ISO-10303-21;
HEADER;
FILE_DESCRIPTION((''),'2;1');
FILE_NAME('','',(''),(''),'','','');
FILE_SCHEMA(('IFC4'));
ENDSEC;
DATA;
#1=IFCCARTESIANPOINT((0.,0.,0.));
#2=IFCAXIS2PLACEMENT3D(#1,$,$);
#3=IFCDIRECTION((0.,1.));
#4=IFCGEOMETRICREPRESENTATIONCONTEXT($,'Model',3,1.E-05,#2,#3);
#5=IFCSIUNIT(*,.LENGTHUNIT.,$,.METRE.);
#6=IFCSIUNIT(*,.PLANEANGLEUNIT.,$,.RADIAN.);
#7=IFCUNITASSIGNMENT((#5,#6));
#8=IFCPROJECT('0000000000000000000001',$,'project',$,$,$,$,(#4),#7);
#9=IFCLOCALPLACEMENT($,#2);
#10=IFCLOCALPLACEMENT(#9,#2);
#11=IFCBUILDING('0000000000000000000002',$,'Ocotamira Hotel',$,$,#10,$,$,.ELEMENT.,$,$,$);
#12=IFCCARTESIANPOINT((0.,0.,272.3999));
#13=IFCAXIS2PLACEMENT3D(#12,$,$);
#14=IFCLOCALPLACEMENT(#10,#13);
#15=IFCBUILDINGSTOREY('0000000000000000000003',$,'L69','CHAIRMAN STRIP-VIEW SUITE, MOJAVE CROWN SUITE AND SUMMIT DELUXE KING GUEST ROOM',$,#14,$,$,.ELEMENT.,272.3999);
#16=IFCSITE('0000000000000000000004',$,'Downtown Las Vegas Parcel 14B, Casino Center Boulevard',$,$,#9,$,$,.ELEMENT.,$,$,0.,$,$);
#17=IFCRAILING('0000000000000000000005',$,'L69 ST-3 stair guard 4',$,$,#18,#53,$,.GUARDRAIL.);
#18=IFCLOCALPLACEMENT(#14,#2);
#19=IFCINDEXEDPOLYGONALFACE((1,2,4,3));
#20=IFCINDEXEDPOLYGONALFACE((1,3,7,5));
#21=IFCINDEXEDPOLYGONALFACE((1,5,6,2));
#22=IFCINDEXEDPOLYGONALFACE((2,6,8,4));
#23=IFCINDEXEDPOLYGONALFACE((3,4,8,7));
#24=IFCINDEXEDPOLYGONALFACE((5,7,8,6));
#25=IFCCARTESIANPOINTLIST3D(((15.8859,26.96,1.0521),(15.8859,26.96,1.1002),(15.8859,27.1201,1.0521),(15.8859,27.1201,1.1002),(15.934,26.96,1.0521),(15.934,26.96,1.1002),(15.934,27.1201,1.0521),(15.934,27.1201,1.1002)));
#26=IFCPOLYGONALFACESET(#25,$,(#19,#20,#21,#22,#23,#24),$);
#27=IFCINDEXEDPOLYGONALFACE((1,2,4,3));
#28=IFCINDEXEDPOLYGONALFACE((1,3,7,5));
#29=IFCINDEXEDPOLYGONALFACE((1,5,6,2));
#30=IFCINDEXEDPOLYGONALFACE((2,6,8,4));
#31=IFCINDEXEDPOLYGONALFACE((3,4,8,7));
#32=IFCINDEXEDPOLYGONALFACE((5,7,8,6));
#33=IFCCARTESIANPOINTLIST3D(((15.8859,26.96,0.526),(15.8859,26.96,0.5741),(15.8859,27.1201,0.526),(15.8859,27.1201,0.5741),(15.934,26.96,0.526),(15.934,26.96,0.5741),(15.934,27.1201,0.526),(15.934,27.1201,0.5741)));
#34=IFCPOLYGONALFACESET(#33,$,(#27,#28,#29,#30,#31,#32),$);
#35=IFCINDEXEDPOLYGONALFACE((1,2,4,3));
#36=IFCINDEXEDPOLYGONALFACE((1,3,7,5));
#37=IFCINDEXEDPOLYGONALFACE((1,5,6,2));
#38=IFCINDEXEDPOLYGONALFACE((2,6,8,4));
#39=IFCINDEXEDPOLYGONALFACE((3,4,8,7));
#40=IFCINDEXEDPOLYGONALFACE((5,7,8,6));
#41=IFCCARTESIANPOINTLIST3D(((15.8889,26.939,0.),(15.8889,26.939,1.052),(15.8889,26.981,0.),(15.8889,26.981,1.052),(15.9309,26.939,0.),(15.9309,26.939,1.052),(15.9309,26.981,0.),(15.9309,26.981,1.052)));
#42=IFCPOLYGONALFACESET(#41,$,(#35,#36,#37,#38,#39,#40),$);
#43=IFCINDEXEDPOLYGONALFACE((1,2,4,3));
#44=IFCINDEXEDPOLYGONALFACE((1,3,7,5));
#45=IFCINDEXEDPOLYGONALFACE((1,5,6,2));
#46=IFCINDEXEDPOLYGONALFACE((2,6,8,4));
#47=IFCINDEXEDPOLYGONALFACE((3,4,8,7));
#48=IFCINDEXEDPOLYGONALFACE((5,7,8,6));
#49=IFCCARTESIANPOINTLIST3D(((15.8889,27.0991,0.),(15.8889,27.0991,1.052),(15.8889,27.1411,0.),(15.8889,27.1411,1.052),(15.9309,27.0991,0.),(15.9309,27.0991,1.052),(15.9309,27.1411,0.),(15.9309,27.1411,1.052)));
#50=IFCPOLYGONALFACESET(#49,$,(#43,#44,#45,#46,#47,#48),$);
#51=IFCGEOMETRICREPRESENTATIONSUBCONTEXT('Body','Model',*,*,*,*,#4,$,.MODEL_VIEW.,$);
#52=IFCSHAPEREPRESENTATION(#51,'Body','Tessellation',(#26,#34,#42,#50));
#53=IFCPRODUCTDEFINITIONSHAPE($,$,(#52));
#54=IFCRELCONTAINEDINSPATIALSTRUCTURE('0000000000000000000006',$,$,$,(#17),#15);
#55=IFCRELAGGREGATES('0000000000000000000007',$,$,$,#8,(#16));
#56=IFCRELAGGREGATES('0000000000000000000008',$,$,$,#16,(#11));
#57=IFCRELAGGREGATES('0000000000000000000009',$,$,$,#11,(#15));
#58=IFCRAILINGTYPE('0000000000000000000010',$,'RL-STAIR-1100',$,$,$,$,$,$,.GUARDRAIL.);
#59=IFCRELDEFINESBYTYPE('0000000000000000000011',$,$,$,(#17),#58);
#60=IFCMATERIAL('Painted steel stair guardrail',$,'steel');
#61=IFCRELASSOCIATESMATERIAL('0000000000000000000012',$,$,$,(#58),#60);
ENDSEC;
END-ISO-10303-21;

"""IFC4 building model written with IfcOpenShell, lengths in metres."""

from ifc_helpers import new_model, si_unit, direction, frame, origin, origin_2d, place, context, subcontext, project, spatial, rectangle, extrude, material, type_object, element, save


model = new_model("IFC4")

# Units and contexts
model_context = context("Model", 3, precision=1e-05, world=origin(), true_north=direction((0.0, 1.0)))
body_context = subcontext(model_context, "Body", "Model", "MODEL_VIEW")
ifc_project = project(units=[si_unit("LENGTHUNIT", "METRE"), si_unit("PLANEANGLEUNIT", "RADIAN")], contexts=[model_context])

# Site, building, storey
site_placement = place(None, origin())
site = spatial("IfcSite", under=ifc_project, at=site_placement, Name="Downtown Las Vegas Parcel 14B, Casino Center Boulevard", CompositionType="ELEMENT", RefElevation=0.0)
building_placement = place(site_placement, origin())
building = spatial("IfcBuilding", under=site, at=building_placement, Name="Ocotamira Hotel", CompositionType="ELEMENT")
storey_placement = place(building_placement, frame((0.0, 0.0, 272.3999)))
storey = spatial("IfcBuildingStorey", under=building, at=storey_placement, Name="L69", Description="CHAIRMAN STRIP-VIEW SUITE, MOJAVE CROWN SUITE AND SUMMIT DELUXE KING GUEST ROOM", CompositionType="ELEMENT", Elevation=272.3999)

# Railing
ifc_material_1 = material(Name="Painted steel stair guardrail", Category="steel")
railing_type_1 = type_object("IfcRailingType", Name="RL-STAIR-1100", PredefinedType="GUARDRAIL", material=ifc_material_1)
railing_1_placement = place(storey_placement, frame((15.9099, 26.96, 0.0)))
element("IfcRailing", 1, at=railing_1_placement, inside=storey, type_object=railing_type_1, Name="L69 ST-3 stair guard 4", PredefinedType="GUARDRAIL", context=body_context, shape_type="SweptSolid", body=[
    extrude(rectangle(XDim=0.0481, YDim=0.0481, at=origin_2d()), frame((0.0, 0.0, 1.0762), z_axis=(0.0, 1.0, 0.0), x_axis=(-1.0, 0.0, 0.0)), (0.0, 0.0, 1.0), 0.1602),
    extrude(rectangle(XDim=0.0481, YDim=0.0481, at=origin_2d()), frame((0.0, 0.0, 0.55), z_axis=(0.0, 1.0, 0.0), x_axis=(-1.0, 0.0, 0.0)), (0.0, 0.0, 1.0), 0.1602),
    extrude(rectangle(XDim=0.042, YDim=0.042, at=origin_2d()), origin(), (0.0, 0.0, 1.0), 1.052),
    extrude(rectangle(XDim=0.042, YDim=0.042, at=origin_2d()), frame((0.0, 0.1602, 0.0)), (0.0, 0.0, 1.0), 1.052),
])

save(model, "model.ifc")
